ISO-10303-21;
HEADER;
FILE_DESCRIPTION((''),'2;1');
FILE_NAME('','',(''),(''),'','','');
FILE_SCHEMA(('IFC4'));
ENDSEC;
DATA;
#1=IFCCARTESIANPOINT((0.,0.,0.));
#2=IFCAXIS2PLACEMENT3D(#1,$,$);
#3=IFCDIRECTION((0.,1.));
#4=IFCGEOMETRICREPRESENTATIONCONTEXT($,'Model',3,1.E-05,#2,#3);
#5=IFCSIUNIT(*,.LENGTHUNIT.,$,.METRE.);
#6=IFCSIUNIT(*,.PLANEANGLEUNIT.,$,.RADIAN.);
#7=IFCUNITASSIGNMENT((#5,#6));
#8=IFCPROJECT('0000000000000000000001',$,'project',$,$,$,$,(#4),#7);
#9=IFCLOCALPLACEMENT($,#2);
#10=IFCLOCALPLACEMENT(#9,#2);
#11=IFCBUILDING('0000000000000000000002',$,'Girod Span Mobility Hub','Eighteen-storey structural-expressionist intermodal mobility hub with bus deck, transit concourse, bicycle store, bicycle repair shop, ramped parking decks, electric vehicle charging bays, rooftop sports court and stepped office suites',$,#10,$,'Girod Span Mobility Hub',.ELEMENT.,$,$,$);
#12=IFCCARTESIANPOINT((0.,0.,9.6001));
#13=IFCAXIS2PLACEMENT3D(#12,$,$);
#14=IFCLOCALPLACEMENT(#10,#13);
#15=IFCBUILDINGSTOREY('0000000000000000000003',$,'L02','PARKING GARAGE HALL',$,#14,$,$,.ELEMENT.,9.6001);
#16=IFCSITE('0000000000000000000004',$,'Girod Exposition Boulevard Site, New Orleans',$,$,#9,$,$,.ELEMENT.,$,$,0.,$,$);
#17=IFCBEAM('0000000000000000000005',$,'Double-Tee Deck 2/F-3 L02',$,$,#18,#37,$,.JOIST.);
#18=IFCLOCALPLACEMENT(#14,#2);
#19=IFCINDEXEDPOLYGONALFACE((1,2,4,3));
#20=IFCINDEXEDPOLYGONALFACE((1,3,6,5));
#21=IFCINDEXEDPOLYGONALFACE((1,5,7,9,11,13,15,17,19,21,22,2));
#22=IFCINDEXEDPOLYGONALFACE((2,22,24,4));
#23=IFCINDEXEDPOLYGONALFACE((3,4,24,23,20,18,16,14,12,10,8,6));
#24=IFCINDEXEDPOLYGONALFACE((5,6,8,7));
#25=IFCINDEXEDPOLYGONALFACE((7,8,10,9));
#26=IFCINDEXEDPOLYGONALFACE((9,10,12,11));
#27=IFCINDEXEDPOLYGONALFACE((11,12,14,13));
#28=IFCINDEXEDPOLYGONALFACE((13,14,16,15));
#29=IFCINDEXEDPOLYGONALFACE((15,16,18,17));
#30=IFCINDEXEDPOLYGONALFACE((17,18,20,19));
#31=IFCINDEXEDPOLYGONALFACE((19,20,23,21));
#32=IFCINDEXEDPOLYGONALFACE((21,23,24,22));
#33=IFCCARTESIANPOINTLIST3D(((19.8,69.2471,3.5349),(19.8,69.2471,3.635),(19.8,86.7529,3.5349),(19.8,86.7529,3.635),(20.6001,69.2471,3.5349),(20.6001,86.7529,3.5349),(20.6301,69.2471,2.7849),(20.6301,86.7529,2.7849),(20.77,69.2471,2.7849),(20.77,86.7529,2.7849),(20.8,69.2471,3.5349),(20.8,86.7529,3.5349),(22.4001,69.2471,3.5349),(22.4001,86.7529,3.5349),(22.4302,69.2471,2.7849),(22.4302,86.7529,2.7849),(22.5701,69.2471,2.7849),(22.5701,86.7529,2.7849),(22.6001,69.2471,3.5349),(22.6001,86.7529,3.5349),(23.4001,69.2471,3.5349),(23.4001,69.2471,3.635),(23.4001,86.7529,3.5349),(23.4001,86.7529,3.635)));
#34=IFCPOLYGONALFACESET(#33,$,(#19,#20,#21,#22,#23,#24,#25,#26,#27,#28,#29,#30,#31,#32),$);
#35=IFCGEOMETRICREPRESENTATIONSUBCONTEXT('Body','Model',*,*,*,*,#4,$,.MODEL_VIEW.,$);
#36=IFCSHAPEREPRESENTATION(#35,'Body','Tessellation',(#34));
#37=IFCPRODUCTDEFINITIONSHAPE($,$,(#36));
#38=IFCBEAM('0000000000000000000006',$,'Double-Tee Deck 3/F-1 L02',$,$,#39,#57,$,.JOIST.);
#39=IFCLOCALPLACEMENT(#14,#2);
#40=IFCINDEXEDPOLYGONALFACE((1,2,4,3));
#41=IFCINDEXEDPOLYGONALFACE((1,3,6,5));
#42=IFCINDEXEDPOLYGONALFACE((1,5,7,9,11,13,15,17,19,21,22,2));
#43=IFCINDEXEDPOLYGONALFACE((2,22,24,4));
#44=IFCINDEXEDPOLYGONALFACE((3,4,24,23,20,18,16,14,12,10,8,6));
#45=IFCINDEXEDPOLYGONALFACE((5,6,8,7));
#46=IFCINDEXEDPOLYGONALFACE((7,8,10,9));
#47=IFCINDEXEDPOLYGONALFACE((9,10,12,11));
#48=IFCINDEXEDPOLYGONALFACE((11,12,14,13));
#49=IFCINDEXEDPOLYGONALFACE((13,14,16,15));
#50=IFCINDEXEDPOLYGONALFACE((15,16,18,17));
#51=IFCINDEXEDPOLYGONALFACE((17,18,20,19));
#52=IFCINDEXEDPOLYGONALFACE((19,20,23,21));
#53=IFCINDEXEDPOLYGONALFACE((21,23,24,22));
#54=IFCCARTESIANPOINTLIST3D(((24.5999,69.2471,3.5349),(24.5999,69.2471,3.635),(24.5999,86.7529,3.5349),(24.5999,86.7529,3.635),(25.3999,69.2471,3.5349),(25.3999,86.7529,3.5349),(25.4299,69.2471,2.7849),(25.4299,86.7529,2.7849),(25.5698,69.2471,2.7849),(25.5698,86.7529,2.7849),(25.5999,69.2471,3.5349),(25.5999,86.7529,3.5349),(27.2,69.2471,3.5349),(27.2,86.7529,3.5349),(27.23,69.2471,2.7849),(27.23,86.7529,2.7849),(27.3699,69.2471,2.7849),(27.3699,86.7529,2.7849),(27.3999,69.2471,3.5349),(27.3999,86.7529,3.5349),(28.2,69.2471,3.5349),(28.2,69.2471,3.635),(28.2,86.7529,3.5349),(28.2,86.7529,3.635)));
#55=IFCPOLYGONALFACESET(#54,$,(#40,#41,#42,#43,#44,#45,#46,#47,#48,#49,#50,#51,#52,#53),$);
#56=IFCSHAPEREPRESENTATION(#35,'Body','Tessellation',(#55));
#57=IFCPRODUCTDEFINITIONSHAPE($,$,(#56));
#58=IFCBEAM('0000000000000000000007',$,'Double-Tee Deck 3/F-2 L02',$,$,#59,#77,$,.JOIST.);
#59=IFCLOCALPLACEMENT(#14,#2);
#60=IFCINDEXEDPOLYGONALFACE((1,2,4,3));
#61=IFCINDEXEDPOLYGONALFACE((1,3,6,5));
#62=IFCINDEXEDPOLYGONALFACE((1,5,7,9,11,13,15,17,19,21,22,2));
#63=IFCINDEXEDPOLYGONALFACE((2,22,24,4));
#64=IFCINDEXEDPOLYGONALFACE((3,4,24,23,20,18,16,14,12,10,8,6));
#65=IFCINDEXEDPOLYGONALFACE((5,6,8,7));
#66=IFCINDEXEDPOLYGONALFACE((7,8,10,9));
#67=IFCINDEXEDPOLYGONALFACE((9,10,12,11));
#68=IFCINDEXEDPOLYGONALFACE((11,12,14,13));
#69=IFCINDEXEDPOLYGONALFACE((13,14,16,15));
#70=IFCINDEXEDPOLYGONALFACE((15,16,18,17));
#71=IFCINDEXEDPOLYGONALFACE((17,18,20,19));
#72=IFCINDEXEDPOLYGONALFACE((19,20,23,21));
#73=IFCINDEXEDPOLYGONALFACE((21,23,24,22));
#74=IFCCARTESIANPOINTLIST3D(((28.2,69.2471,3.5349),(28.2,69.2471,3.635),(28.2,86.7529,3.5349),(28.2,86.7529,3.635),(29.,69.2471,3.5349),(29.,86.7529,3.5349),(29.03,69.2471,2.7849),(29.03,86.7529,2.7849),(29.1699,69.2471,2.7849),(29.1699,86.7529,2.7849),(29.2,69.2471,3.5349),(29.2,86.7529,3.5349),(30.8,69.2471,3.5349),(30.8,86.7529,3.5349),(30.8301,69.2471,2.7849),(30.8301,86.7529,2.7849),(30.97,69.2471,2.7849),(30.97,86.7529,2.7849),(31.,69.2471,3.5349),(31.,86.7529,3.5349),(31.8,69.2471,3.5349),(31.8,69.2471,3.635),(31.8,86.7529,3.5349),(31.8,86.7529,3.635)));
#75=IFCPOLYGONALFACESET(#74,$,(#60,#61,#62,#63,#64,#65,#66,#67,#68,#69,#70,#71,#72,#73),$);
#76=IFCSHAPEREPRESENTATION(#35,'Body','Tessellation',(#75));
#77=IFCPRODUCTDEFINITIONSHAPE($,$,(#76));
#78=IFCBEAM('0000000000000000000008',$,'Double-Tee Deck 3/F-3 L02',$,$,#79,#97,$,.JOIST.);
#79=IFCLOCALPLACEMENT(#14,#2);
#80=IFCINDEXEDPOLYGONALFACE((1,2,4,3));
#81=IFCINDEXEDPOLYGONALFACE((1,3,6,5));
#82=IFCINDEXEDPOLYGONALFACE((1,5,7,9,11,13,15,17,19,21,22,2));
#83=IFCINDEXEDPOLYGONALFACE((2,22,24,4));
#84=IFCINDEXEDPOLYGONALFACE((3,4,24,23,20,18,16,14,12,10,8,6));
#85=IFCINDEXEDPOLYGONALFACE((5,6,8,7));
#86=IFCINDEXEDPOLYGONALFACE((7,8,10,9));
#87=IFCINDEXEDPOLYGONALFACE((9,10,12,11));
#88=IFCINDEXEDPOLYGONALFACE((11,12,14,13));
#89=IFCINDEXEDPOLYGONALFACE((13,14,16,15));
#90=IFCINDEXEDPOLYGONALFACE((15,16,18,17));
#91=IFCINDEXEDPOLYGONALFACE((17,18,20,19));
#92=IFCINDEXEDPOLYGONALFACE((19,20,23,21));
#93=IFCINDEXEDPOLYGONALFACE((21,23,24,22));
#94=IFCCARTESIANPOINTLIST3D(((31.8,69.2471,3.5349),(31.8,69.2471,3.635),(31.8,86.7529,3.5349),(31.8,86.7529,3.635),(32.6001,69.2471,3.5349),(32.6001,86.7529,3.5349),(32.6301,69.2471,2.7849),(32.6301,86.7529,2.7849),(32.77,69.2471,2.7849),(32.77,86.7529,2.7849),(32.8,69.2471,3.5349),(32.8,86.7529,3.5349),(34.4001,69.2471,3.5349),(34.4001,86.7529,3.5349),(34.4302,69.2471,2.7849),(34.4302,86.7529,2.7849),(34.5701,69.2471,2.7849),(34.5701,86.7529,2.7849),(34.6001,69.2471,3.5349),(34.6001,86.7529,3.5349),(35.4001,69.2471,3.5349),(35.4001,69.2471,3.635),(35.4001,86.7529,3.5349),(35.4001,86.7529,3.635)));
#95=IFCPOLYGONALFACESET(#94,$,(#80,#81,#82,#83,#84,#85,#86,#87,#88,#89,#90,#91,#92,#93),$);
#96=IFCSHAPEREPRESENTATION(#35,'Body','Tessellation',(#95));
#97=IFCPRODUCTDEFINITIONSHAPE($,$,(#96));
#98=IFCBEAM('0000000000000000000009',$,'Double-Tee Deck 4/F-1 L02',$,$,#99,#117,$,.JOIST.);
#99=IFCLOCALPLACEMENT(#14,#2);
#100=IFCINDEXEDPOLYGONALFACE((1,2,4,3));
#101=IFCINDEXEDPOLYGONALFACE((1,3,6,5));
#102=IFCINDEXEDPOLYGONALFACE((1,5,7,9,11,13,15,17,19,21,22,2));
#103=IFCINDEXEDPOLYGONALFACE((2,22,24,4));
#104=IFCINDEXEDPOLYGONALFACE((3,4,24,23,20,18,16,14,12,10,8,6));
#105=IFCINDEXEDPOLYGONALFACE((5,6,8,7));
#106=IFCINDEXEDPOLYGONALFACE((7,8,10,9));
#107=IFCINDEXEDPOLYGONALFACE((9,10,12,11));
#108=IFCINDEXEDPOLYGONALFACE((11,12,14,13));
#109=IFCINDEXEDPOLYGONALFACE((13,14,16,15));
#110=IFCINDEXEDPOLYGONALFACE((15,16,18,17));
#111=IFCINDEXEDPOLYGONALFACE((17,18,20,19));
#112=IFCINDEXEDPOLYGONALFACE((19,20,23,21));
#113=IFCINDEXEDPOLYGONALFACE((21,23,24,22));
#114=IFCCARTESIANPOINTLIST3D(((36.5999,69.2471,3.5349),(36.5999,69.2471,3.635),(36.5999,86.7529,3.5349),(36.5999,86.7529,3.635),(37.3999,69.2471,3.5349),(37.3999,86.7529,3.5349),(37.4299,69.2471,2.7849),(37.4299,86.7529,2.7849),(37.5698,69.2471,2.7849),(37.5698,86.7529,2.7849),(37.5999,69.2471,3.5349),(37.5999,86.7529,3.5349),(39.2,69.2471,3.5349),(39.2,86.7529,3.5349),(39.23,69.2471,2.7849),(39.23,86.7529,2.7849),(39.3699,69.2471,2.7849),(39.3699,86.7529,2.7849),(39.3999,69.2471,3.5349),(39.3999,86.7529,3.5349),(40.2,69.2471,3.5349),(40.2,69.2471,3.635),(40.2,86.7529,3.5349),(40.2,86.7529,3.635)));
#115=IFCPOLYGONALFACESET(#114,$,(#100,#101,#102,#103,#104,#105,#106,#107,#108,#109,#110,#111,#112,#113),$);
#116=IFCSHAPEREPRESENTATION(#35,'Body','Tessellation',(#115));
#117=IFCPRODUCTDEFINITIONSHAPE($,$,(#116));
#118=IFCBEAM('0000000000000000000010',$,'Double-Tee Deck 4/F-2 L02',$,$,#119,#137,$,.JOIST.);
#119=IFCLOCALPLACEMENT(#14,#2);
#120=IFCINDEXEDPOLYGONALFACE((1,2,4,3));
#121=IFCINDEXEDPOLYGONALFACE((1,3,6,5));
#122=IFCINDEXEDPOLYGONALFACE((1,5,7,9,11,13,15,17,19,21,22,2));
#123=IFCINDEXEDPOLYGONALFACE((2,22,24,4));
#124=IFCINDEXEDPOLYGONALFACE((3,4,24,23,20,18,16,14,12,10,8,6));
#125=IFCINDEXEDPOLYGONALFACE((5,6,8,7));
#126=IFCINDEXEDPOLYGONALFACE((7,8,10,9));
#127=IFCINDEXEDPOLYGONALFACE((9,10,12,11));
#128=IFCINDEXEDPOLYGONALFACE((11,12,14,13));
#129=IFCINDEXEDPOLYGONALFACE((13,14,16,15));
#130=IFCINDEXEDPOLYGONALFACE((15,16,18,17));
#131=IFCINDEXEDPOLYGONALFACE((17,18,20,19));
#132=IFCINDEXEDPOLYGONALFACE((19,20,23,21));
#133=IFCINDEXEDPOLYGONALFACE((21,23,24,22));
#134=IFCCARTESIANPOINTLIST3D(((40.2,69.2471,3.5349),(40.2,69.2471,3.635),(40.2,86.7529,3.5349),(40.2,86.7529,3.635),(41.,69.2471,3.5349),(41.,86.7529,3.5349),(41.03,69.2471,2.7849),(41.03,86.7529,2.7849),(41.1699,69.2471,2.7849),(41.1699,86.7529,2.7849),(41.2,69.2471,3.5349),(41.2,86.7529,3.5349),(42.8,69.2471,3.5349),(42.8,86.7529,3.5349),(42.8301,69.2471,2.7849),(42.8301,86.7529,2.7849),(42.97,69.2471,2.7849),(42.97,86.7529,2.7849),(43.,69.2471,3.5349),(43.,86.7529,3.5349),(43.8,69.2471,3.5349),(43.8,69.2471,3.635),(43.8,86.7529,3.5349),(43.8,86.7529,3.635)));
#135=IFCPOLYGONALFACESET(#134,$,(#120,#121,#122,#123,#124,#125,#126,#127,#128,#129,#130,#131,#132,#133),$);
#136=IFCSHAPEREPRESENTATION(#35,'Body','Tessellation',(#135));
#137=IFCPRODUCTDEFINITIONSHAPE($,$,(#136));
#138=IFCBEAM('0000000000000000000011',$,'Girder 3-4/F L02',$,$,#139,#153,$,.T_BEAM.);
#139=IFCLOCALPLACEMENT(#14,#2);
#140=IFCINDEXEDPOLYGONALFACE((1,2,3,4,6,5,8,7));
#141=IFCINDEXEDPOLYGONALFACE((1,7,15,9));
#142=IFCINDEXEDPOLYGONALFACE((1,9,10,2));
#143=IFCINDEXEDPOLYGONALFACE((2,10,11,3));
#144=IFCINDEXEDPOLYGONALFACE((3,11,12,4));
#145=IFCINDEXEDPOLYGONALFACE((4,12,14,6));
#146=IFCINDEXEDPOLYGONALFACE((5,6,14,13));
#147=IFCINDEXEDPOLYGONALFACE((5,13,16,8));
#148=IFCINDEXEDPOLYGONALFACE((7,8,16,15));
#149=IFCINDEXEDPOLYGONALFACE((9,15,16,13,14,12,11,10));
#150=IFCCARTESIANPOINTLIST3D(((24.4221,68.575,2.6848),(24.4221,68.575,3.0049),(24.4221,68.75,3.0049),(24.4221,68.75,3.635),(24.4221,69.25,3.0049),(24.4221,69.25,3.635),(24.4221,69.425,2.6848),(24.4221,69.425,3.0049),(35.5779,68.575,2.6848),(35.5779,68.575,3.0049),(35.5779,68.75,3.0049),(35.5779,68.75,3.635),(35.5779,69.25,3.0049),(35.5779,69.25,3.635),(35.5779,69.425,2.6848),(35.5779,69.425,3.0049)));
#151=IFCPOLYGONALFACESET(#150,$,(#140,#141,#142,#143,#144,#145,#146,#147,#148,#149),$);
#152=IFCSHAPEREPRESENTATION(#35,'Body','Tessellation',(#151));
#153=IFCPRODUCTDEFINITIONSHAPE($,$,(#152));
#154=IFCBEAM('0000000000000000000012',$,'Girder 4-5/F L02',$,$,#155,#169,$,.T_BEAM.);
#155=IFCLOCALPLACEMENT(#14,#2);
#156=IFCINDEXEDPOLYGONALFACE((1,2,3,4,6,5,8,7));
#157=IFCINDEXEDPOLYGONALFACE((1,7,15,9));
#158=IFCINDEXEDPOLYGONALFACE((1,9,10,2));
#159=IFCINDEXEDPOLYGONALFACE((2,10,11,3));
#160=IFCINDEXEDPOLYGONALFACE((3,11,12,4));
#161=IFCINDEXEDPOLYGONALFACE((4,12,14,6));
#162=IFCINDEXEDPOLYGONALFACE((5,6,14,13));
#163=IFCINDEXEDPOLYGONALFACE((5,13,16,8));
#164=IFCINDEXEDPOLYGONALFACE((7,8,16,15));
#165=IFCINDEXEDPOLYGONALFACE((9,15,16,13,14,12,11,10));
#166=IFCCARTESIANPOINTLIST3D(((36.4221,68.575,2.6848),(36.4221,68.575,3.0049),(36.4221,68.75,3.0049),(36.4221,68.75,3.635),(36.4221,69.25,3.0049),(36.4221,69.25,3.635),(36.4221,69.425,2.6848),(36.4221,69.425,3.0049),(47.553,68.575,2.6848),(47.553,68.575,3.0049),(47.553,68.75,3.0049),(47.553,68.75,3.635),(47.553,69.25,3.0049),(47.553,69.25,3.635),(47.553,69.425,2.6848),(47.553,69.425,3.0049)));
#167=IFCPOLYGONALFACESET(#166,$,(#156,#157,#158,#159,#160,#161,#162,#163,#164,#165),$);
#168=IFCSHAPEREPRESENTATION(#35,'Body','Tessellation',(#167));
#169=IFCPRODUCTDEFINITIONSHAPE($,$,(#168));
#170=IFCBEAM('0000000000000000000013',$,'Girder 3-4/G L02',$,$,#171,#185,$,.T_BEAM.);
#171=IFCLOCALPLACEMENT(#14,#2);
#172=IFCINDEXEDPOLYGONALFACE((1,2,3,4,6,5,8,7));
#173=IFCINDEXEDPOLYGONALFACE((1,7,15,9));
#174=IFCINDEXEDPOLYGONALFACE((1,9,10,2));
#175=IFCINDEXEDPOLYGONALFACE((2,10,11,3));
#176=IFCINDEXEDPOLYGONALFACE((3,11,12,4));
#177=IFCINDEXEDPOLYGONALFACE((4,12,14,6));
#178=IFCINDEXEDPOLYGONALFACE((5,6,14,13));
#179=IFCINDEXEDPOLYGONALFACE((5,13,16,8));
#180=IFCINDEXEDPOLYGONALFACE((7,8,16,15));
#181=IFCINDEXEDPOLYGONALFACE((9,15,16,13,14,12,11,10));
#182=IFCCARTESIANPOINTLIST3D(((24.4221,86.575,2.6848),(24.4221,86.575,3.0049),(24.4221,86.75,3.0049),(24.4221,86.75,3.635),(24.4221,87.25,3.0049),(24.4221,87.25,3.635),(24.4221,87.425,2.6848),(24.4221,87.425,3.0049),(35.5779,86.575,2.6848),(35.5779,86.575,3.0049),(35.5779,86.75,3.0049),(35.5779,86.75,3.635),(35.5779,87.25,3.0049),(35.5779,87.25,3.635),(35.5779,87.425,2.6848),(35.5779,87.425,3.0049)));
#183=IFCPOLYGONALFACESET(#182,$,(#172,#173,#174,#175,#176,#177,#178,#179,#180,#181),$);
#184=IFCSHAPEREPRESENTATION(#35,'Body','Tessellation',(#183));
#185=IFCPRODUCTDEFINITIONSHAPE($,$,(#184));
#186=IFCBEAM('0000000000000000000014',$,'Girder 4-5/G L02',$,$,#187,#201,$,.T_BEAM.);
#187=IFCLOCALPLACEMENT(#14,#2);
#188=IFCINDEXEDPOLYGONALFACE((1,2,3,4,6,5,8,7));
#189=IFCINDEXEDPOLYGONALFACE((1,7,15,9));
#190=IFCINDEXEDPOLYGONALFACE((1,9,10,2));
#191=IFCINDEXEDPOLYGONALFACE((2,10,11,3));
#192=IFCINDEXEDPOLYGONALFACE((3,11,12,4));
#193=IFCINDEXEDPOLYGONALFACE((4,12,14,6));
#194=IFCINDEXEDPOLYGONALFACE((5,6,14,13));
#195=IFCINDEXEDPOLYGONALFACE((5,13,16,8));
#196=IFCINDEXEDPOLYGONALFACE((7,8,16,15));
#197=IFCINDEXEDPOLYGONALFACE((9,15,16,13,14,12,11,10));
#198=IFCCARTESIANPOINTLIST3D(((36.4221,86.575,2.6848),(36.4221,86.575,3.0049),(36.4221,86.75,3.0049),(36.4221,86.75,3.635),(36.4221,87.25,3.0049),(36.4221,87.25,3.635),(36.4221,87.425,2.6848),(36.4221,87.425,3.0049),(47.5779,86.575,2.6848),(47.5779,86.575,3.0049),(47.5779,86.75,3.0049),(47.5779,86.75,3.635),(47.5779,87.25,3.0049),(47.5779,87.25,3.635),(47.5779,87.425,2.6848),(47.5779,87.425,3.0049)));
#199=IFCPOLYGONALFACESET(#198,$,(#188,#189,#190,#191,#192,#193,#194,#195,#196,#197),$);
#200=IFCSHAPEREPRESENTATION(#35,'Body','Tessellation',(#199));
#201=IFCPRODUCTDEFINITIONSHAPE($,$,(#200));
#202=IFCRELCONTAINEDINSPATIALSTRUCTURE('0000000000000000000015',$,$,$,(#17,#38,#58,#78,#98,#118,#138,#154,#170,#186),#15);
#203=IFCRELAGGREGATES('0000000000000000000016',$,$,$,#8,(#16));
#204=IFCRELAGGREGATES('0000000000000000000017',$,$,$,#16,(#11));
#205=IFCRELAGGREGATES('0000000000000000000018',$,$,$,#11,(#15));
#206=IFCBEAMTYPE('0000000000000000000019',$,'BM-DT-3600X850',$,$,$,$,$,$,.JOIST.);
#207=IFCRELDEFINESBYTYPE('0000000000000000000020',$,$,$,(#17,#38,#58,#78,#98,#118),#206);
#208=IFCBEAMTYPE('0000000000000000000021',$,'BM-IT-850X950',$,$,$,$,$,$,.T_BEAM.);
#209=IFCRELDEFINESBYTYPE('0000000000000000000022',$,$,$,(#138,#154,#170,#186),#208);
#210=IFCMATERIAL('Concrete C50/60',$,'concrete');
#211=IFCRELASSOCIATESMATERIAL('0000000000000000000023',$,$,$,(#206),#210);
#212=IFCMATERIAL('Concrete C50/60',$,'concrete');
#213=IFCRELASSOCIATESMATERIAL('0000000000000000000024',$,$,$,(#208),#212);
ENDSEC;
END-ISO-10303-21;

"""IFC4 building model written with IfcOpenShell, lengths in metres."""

from ifc_helpers import new_model, si_unit, direction, frame, origin, place, context, subcontext, project, spatial, polyline, outline, extrude, material, material_profile, profile_set, type_object, element, save


model = new_model("IFC4")

# Units and contexts
model_context = context("Model", 3, precision=1e-05, world=origin(), true_north=direction((0.0, 1.0)))
body_context = subcontext(model_context, "Body", "Model", "MODEL_VIEW")
ifc_project = project(units=[si_unit("LENGTHUNIT", "METRE"), si_unit("PLANEANGLEUNIT", "RADIAN")], contexts=[model_context])

# Site, building, storey
site_placement = place(None, origin())
site = spatial("IfcSite", under=ifc_project, at=site_placement, Name="Girod Exposition Boulevard Site, New Orleans", CompositionType="ELEMENT", RefElevation=0.0)
building_placement = place(site_placement, origin())
building = spatial("IfcBuilding", under=site, at=building_placement, Name="Girod Span Mobility Hub", Description="Eighteen-storey structural-expressionist intermodal mobility hub with bus deck, transit concourse, bicycle store, bicycle repair shop, ramped parking decks, electric vehicle charging bays, rooftop sports court and stepped office suites", LongName="Girod Span Mobility Hub", CompositionType="ELEMENT")
storey_placement = place(building_placement, frame((0.0, 0.0, 9.6001)))
storey = spatial("IfcBuildingStorey", under=building, at=storey_placement, Name="L02", Description="PARKING GARAGE HALL", CompositionType="ELEMENT", Elevation=9.6001)

# Beams
ifc_material_1 = material(Name="Concrete C50/60", Category="concrete")
ifc_material_profile_1 = material_profile(ifc_material_1, outline(polyline([(-1.8, 0.425), (-1.8, 0.325), (-1.0, 0.325), (-0.97, -0.425), (-0.8301, -0.425), (-0.8, 0.325), (0.8, 0.325), (0.8301, -0.425), (0.97, -0.425), (1.0, 0.325), (1.8, 0.325), (1.8, 0.425), (-1.8, 0.425)])), Name="DT-3600X850")
ifc_profile_set_1 = profile_set([ifc_material_profile_1], Name="Concrete C50/60")
beam_type_1 = type_object("IfcBeamType", Name="BM-DT-3600X850", PredefinedType="JOIST", material=ifc_profile_set_1)
for number, where, z_axis, x_axis, name in (
    (1, (21.6001, 69.2471, 3.21), (0.0, 1.0, 0.0), (-1.0, 0.0, 0.0), "Double-Tee Deck 2/F-3 L02"),
    (2, (26.3999, 69.2471, 3.21), (0.0, 1.0, 0.0), (-1.0, 0.0, 0.0), "Double-Tee Deck 3/F-1 L02"),
    (3, (30.0, 69.2471, 3.21), (0.0, 1.0, 0.0), (-1.0, 0.0, 0.0), "Double-Tee Deck 3/F-2 L02"),
    (4, (33.6001, 69.2471, 3.21), (0.0, 1.0, 0.0), (-1.0, 0.0, 0.0), "Double-Tee Deck 3/F-3 L02"),
    (5, (38.3999, 69.2471, 3.21), (0.0, 1.0, 0.0), (-1.0, 0.0, 0.0), "Double-Tee Deck 4/F-1 L02"),
    (6, (42.0, 69.2471, 3.21), (0.0, 1.0, 0.0), (-1.0, 0.0, 0.0), "Double-Tee Deck 4/F-2 L02"),
):
    element("IfcBeam", number, at=place(storey_placement, frame(where, z_axis=z_axis, x_axis=x_axis)), inside=storey, type_object=beam_type_1, Name=name, PredefinedType="JOIST", context=body_context, shape_type="SweptSolid", body=[
        extrude(outline(polyline([(-1.8, 0.425), (-1.8, 0.325), (-1.0, 0.325), (-0.97, -0.425), (-0.8301, -0.425), (-0.8, 0.325), (0.8, 0.325), (0.8301, -0.425), (0.97, -0.425), (1.0, 0.325), (1.8, 0.325), (1.8, 0.425), (-1.8, 0.425)])), origin(), (0.0, 0.0, 1.0), 17.5059),
    ])
ifc_material_2 = material(Name="Concrete C50/60", Category="concrete")
ifc_material_profile_2 = material_profile(ifc_material_2, outline(polyline([(-0.425, -0.4751), (0.425, -0.4751), (0.425, -0.155), (0.25, -0.155), (0.25, 0.4751), (-0.25, 0.4751), (-0.25, -0.155), (-0.425, -0.155), (-0.425, -0.4751)])), Name="IT-850X950")
ifc_profile_set_2 = profile_set([ifc_material_profile_2], Name="Concrete C50/60")
beam_type_2 = type_object("IfcBeamType", Name="BM-IT-850X950", PredefinedType="T_BEAM", material=ifc_profile_set_2)
beam_1_placement = place(storey_placement, frame((24.4221, 69.0, 3.1599), z_axis=(1.0, 0.0, 0.0), x_axis=(0.0, 1.0, 0.0)))
element("IfcBeam", 7, at=beam_1_placement, inside=storey, type_object=beam_type_2, Name="Girder 3-4/F L02", PredefinedType="T_BEAM", context=body_context, shape_type="SweptSolid", body=[
    extrude(outline(polyline([(-0.425, -0.4751), (0.425, -0.4751), (0.425, -0.155), (0.25, -0.155), (0.25, 0.4751), (-0.25, 0.4751), (-0.25, -0.155), (-0.425, -0.155), (-0.425, -0.4751)])), origin(), (0.0, 0.0, 1.0), 11.1558),
])
beam_2_placement = place(storey_placement, frame((36.4221, 69.0, 3.1599), z_axis=(1.0, 0.0, 0.0), x_axis=(0.0, 1.0, 0.0)))
element("IfcBeam", 8, at=beam_2_placement, inside=storey, type_object=beam_type_2, Name="Girder 4-5/F L02", PredefinedType="T_BEAM", context=body_context, shape_type="SweptSolid", body=[
    extrude(outline(polyline([(-0.425, -0.4751), (0.425, -0.4751), (0.425, -0.155), (0.25, -0.155), (0.25, 0.4751), (-0.25, 0.4751), (-0.25, -0.155), (-0.425, -0.155), (-0.425, -0.4751)])), origin(), (0.0, 0.0, 1.0), 11.1309),
])
for number, where, z_axis, x_axis, name in (
    (9, (24.4221, 87.0, 3.1599), (1.0, 0.0, 0.0), (0.0, 1.0, 0.0), "Girder 3-4/G L02"),
    (10, (36.4221, 87.0, 3.1599), (1.0, 0.0, 0.0), (0.0, 1.0, 0.0), "Girder 4-5/G L02"),
):
    element("IfcBeam", number, at=place(storey_placement, frame(where, z_axis=z_axis, x_axis=x_axis)), inside=storey, type_object=beam_type_2, Name=name, PredefinedType="T_BEAM", context=body_context, shape_type="SweptSolid", body=[
        extrude(outline(polyline([(-0.425, -0.4751), (0.425, -0.4751), (0.425, -0.155), (0.25, -0.155), (0.25, 0.4751), (-0.25, 0.4751), (-0.25, -0.155), (-0.425, -0.155), (-0.425, -0.4751)])), origin(), (0.0, 0.0, 1.0), 11.1558),
    ])

save(model, "model.ifc")
